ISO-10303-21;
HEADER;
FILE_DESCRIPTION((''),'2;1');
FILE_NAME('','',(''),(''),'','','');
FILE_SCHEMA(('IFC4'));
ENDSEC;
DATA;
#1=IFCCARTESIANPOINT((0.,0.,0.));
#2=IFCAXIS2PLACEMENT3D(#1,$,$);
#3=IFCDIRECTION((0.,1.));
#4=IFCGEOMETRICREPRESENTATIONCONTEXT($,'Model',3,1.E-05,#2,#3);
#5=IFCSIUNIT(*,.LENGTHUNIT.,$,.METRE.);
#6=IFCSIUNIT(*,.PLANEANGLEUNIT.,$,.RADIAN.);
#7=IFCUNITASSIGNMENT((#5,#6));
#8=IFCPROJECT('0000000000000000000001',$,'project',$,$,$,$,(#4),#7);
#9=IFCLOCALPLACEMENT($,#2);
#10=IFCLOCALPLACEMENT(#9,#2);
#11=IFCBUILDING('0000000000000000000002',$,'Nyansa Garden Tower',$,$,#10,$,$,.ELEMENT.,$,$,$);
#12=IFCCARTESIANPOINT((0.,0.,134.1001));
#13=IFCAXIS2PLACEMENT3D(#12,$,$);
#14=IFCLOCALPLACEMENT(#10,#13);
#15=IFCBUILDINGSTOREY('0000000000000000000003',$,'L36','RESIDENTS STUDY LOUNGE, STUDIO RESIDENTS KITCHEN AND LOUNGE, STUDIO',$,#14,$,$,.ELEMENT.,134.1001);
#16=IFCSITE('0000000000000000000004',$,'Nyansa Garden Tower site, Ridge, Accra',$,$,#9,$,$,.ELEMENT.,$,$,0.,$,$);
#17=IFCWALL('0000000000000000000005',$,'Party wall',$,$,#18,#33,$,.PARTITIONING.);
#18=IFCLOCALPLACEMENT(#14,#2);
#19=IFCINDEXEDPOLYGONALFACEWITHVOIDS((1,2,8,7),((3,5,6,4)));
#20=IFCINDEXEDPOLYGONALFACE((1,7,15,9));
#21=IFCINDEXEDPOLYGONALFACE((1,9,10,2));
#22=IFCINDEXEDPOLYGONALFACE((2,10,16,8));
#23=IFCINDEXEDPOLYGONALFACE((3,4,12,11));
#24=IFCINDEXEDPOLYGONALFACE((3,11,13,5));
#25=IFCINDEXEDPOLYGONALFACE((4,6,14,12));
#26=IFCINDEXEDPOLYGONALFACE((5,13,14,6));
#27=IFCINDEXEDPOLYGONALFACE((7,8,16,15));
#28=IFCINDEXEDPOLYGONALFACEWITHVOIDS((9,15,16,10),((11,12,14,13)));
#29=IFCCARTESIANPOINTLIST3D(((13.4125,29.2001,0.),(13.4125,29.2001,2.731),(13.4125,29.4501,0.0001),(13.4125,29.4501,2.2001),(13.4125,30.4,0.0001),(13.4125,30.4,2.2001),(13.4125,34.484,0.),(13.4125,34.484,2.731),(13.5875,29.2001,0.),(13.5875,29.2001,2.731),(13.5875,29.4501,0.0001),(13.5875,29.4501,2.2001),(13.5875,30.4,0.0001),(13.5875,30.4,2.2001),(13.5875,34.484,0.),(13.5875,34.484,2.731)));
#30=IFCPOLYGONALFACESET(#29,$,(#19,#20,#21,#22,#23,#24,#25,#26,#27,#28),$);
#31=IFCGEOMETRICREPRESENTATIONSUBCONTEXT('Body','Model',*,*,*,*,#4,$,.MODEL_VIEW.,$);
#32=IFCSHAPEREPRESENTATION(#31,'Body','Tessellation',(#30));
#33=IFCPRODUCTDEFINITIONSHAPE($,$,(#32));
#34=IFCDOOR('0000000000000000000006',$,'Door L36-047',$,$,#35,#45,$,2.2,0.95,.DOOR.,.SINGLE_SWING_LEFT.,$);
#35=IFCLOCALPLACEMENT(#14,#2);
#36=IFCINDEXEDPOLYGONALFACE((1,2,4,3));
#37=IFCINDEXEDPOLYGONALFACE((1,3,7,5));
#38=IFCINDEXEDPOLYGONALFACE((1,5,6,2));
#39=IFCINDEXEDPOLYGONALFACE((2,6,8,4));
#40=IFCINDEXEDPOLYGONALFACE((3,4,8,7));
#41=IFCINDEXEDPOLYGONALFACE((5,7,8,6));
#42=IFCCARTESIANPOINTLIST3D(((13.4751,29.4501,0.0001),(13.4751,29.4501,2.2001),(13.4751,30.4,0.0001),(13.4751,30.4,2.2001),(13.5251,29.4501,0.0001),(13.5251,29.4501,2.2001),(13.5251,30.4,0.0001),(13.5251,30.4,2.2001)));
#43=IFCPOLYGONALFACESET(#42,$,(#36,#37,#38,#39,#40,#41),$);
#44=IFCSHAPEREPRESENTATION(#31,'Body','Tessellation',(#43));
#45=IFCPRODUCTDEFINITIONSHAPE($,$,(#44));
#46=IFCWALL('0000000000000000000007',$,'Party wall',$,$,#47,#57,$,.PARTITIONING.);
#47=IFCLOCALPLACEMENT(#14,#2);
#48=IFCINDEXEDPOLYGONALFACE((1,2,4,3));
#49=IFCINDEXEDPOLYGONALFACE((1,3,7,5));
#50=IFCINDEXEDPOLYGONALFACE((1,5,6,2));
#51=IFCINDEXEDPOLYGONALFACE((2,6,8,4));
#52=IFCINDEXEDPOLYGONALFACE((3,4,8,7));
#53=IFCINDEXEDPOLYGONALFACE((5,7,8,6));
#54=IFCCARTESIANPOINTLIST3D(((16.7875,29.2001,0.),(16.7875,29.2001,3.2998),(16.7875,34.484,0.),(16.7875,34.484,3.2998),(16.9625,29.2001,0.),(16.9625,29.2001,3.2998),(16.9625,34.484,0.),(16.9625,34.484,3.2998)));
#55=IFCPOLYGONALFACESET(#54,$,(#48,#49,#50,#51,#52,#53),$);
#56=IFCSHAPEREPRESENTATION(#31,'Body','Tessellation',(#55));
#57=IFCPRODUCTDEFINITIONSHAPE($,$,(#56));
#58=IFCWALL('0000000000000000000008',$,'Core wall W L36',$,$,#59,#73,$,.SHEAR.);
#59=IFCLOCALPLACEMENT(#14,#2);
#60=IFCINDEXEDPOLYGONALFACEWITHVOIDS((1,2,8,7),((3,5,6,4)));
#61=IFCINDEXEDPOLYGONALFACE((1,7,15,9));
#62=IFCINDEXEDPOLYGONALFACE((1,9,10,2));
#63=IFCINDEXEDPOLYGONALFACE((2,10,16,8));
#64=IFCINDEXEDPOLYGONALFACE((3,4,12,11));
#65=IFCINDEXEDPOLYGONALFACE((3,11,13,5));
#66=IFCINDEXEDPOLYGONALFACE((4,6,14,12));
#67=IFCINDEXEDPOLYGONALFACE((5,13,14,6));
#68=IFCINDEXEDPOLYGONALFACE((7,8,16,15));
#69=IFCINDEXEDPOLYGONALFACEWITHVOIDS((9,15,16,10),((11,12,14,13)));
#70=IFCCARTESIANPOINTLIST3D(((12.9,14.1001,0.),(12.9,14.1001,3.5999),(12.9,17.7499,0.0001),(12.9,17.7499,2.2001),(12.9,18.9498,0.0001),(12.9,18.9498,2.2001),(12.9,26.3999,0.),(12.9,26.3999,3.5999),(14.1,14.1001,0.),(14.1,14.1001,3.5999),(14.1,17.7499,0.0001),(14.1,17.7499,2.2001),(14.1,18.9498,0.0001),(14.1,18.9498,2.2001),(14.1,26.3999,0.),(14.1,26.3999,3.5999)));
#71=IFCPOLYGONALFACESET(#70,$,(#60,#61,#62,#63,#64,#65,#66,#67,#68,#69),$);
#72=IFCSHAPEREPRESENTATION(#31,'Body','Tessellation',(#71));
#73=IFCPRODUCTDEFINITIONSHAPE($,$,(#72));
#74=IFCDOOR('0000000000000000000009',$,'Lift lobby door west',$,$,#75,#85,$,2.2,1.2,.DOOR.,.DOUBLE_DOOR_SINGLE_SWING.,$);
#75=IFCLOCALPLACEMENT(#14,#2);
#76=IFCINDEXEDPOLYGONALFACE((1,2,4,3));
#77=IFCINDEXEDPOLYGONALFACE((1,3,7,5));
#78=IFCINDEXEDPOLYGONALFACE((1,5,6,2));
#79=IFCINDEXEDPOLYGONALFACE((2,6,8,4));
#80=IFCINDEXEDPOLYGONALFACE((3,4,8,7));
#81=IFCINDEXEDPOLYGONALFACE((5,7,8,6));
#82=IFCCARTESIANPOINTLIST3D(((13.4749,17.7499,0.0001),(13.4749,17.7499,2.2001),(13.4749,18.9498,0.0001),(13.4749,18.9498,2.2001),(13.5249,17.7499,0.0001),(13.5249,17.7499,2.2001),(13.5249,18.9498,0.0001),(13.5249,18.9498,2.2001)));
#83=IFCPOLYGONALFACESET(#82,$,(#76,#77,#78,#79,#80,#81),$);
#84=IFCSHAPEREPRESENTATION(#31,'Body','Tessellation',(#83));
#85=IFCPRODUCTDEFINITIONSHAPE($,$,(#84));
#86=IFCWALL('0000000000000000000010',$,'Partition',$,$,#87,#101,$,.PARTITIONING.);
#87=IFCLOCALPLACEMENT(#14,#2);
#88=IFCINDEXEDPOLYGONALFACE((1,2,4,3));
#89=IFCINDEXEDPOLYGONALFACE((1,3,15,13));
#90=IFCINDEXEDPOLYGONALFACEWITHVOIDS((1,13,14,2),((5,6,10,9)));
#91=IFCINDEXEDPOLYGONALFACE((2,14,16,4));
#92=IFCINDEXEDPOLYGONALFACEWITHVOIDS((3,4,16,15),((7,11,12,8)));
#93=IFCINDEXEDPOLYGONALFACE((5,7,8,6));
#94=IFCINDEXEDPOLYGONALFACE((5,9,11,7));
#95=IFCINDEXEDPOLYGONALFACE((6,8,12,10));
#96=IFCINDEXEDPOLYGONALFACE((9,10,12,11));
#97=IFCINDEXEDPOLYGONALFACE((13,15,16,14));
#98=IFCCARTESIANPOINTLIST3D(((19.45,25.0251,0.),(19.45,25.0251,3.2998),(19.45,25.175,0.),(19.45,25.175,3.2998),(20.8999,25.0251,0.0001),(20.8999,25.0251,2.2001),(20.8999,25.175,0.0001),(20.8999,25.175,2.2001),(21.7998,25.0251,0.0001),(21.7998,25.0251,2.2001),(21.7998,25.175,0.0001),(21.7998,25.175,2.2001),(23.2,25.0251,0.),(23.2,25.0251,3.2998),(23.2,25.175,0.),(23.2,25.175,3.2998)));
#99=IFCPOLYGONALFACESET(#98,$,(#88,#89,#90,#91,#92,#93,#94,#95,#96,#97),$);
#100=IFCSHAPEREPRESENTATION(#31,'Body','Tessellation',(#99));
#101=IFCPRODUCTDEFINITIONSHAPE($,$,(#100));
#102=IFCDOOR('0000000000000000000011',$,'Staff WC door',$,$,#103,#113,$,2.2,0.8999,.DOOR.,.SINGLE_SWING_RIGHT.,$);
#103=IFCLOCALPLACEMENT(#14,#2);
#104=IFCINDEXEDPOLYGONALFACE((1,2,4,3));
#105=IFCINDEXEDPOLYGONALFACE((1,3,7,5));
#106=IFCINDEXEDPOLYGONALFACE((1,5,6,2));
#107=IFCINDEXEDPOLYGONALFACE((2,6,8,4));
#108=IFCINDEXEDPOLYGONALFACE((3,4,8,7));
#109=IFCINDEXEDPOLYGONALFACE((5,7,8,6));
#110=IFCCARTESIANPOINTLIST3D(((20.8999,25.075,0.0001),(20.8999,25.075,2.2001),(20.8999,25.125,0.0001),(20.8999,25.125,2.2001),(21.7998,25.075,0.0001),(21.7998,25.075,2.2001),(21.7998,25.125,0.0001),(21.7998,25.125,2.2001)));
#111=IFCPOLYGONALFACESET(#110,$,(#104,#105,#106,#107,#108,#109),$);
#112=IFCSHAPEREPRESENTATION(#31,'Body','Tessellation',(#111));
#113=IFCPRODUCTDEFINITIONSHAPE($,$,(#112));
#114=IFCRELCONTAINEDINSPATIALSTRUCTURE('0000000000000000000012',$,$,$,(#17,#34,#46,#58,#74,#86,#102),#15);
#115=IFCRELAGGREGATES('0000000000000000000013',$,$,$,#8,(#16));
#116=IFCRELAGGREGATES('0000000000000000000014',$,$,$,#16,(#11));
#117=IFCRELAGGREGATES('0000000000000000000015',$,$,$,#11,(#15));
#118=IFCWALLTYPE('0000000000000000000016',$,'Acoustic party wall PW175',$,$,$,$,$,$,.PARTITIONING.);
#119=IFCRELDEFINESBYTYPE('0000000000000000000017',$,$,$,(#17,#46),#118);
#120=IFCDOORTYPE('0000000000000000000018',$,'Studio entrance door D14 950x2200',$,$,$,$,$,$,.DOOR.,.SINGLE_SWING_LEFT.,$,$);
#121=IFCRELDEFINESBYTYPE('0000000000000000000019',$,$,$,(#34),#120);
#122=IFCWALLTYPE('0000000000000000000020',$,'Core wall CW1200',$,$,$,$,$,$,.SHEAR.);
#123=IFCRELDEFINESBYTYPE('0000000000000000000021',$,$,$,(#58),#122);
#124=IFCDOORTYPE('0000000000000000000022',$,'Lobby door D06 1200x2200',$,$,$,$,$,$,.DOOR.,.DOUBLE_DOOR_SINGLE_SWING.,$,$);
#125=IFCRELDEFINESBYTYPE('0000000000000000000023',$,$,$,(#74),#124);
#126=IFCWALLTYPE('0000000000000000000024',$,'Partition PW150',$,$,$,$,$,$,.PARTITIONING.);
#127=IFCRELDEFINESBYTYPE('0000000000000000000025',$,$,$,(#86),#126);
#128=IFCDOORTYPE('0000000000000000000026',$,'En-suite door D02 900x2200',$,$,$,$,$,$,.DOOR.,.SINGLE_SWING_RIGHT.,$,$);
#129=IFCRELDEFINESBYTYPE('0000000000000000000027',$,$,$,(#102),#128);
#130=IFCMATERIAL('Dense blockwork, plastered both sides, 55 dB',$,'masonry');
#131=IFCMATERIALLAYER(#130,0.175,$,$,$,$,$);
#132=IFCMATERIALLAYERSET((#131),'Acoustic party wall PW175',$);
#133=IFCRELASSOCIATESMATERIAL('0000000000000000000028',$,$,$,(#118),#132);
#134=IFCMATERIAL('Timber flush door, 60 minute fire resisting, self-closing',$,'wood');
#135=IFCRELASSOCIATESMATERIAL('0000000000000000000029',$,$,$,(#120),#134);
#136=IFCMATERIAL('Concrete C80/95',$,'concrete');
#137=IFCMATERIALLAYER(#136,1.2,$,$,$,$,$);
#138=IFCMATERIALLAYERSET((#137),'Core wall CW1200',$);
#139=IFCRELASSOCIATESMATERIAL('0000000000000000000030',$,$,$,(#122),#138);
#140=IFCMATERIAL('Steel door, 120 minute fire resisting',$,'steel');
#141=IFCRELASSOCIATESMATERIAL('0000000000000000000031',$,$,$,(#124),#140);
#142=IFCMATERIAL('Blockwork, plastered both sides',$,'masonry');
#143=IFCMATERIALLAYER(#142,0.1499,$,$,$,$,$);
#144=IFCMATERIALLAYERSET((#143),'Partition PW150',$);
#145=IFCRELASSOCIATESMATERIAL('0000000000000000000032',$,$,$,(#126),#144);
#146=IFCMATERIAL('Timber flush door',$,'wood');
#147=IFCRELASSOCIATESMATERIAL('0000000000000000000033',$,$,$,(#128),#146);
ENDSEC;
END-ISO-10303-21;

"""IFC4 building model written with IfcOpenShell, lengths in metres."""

from ifc_helpers import new_model, si_unit, direction, frame, frame_2d, origin, place, context, subcontext, project, spatial, rectangle, extrude, material, layer, layer_set, type_object, element, fill, save


model = new_model("IFC4")

# Units and contexts
model_context = context("Model", 3, precision=1e-05, world=origin(), true_north=direction((0.0, 1.0)))
body_context = subcontext(model_context, "Body", "Model", "MODEL_VIEW")
ifc_project = project(units=[si_unit("LENGTHUNIT", "METRE"), si_unit("PLANEANGLEUNIT", "RADIAN")], contexts=[model_context])

# Site, building, storey
site_placement = place(None, origin())
site = spatial("IfcSite", under=ifc_project, at=site_placement, Name="Nyansa Garden Tower site, Ridge, Accra", CompositionType="ELEMENT", RefElevation=0.0)
building_placement = place(site_placement, origin())
building = spatial("IfcBuilding", under=site, at=building_placement, Name="Nyansa Garden Tower", CompositionType="ELEMENT")
storey_placement = place(building_placement, frame((0.0, 0.0, 134.1001)))
storey = spatial("IfcBuildingStorey", under=building, at=storey_placement, Name="L36", Description="RESIDENTS STUDY LOUNGE, STUDIO RESIDENTS KITCHEN AND LOUNGE, STUDIO", CompositionType="ELEMENT", Elevation=134.1001)

# Wall, opening, door
ifc_material_1 = material(Name="Dense blockwork, plastered both sides, 55 dB", Category="masonry")
ifc_layer_1 = layer(ifc_material_1, 0.175)
ifc_layer_set_1 = layer_set([ifc_layer_1], Name="Acoustic party wall PW175")
wall_type_1 = type_object("IfcWallType", Name="Acoustic party wall PW175", PredefinedType="PARTITIONING", material=ifc_layer_set_1)
wall_1_placement = place(storey_placement, frame((13.5, 29.2, 0.0), z_axis=(0.0, 0.0, 1.0), x_axis=(0.0, 1.0, 0.0)))
wall_1 = element("IfcWall", 1, at=wall_1_placement, inside=storey, type_object=wall_type_1, Name="Party wall", PredefinedType="PARTITIONING", context=body_context, shape_type="SweptSolid", body=[
    extrude(rectangle(XDim=5.2839, YDim=0.175, at=frame_2d((2.6421, 0.0))), origin(), (0.0, 0.0, 1.0), 2.731),
])
opening_1_placement = place(wall_1_placement, frame((0.25, 0.0, 0.0)))
opening_1 = element("IfcOpeningElement", 2, at=opening_1_placement, cuts=wall_1, PredefinedType="OPENING", context=body_context, shape_type="SweptSolid", body=[
    extrude(rectangle(XDim=0.95, YDim=2.2, at=frame_2d((0.4751, 1.1001))), frame((0.0, 0.0974, 0.0), z_axis=(0.0, -1.0, 0.0), x_axis=(1.0, 0.0, 0.0)), (0.0, 0.0, 1.0), 0.1951),
])
ifc_material_2 = material(Name="Timber flush door, 60 minute fire resisting, self-closing", Category="wood")
door_type_1 = type_object("IfcDoorType", Name="Studio entrance door D14 950x2200", OperationType="SINGLE_SWING_LEFT", PredefinedType="DOOR", material=ifc_material_2)
door_1_placement = place(opening_1_placement, origin())
door_1 = element("IfcDoor", 3, at=door_1_placement, inside=storey, type_object=door_type_1, Name="Door L36-047", OperationType="SINGLE_SWING_LEFT", OverallHeight=2.2, OverallWidth=0.95, PredefinedType="DOOR", context=body_context, shape_type="SweptSolid", body=[
    extrude(rectangle(XDim=0.95, YDim=2.2, at=frame_2d((0.4751, 1.1001))), frame((0.0, 0.0249, 0.0), z_axis=(0.0, -1.0, 0.0), x_axis=(1.0, 0.0, 0.0)), (0.0, 0.0, 1.0), 0.05),
])
fill(opening_1, door_1)

# Wall
wall_2_placement = place(storey_placement, frame((16.875, 29.2, 0.0), z_axis=(0.0, 0.0, 1.0), x_axis=(0.0, 1.0, 0.0)))
element("IfcWall", 4, at=wall_2_placement, inside=storey, type_object=wall_type_1, Name="Party wall", PredefinedType="PARTITIONING", context=body_context, shape_type="SweptSolid", body=[
    extrude(rectangle(XDim=5.2839, YDim=0.175, at=frame_2d((2.6421, 0.0))), origin(), (0.0, 0.0, 1.0), 3.2998),
])

# Walls, openings, doors
ifc_material_3 = material(Name="Concrete C80/95", Category="concrete")
ifc_layer_2 = layer(ifc_material_3, 1.2)
ifc_layer_set_2 = layer_set([ifc_layer_2], Name="Core wall CW1200")
wall_type_2 = type_object("IfcWallType", Name="Core wall CW1200", PredefinedType="SHEAR", material=ifc_layer_set_2)
wall_3_placement = place(storey_placement, frame((13.5, 26.3999, 0.0), z_axis=(0.0, 0.0, 1.0), x_axis=(0.0, -1.0, 0.0)))
wall_3 = element("IfcWall", 5, at=wall_3_placement, inside=storey, type_object=wall_type_2, Name="Core wall W L36", PredefinedType="SHEAR", context=body_context, shape_type="SweptSolid", body=[
    extrude(rectangle(XDim=12.2998, YDim=1.2, at=frame_2d((6.1499, 0.0))), origin(), (0.0, 0.0, 1.0), 3.5999),
])
opening_2_placement = place(wall_3_placement, frame((7.45, 0.0, 0.0)))
opening_2 = element("IfcOpeningElement", 6, at=opening_2_placement, cuts=wall_3, PredefinedType="OPENING", context=body_context, shape_type="SweptSolid", body=[
    extrude(rectangle(XDim=1.2, YDim=2.2, at=frame_2d((0.6001, 1.1001))), frame((0.0, 0.6099, 0.0), z_axis=(0.0, -1.0, 0.0), x_axis=(1.0, 0.0, 0.0)), (0.0, 0.0, 1.0), 1.22),
])
ifc_material_4 = material(Name="Steel door, 120 minute fire resisting", Category="steel")
door_type_2 = type_object("IfcDoorType", Name="Lobby door D06 1200x2200", OperationType="DOUBLE_DOOR_SINGLE_SWING", PredefinedType="DOOR", material=ifc_material_4)
door_2_placement = place(opening_2_placement, origin())
door_2 = element("IfcDoor", 7, at=door_2_placement, inside=storey, type_object=door_type_2, Name="Lift lobby door west", OperationType="DOUBLE_DOOR_SINGLE_SWING", OverallHeight=2.2, OverallWidth=1.2, PredefinedType="DOOR", context=body_context, shape_type="SweptSolid", body=[
    extrude(rectangle(XDim=1.2, YDim=2.2, at=frame_2d((0.6001, 1.1001))), frame((0.0, 0.0249, 0.0), z_axis=(0.0, -1.0, 0.0), x_axis=(1.0, 0.0, 0.0)), (0.0, 0.0, 1.0), 0.05),
])
fill(opening_2, door_2)
ifc_material_5 = material(Name="Blockwork, plastered both sides", Category="masonry")
ifc_layer_3 = layer(ifc_material_5, 0.1499)
ifc_layer_set_3 = layer_set([ifc_layer_3], Name="Partition PW150")
wall_type_3 = type_object("IfcWallType", Name="Partition PW150", PredefinedType="PARTITIONING", material=ifc_layer_set_3)
wall_4_placement = place(storey_placement, frame((19.45, 25.1001, 0.0), z_axis=(0.0, 0.0, 1.0), x_axis=(1.0, 0.0, 0.0)))
wall_4 = element("IfcWall", 8, at=wall_4_placement, inside=storey, type_object=wall_type_3, Name="Partition", PredefinedType="PARTITIONING", context=body_context, shape_type="SweptSolid", body=[
    extrude(rectangle(XDim=3.75, YDim=0.1499, at=frame_2d((1.875, 0.0))), origin(), (0.0, 0.0, 1.0), 3.2998),
])
opening_3_placement = place(wall_4_placement, frame((1.45, 0.0, 0.0)))
opening_3 = element("IfcOpeningElement", 9, at=opening_3_placement, cuts=wall_4, PredefinedType="OPENING", context=body_context, shape_type="SweptSolid", body=[
    extrude(rectangle(XDim=0.8999, YDim=2.2, at=frame_2d((0.45, 1.1001))), frame((0.0, 0.085, 0.0), z_axis=(0.0, -1.0, 0.0), x_axis=(1.0, 0.0, 0.0)), (0.0, 0.0, 1.0), 0.1699),
])
ifc_material_6 = material(Name="Timber flush door", Category="wood")
door_type_3 = type_object("IfcDoorType", Name="En-suite door D02 900x2200", OperationType="SINGLE_SWING_RIGHT", PredefinedType="DOOR", material=ifc_material_6)
door_3_placement = place(opening_3_placement, origin())
door_3 = element("IfcDoor", 10, at=door_3_placement, inside=storey, type_object=door_type_3, Name="Staff WC door", OperationType="SINGLE_SWING_RIGHT", OverallHeight=2.2, OverallWidth=0.8999, PredefinedType="DOOR", context=body_context, shape_type="SweptSolid", body=[
    extrude(rectangle(XDim=0.8999, YDim=2.2, at=frame_2d((0.45, 1.1001))), frame((0.0, 0.0249, 0.0), z_axis=(0.0, -1.0, 0.0), x_axis=(1.0, 0.0, 0.0)), (0.0, 0.0, 1.0), 0.05),
])
fill(opening_3, door_3)

save(model, "model.ifc")
